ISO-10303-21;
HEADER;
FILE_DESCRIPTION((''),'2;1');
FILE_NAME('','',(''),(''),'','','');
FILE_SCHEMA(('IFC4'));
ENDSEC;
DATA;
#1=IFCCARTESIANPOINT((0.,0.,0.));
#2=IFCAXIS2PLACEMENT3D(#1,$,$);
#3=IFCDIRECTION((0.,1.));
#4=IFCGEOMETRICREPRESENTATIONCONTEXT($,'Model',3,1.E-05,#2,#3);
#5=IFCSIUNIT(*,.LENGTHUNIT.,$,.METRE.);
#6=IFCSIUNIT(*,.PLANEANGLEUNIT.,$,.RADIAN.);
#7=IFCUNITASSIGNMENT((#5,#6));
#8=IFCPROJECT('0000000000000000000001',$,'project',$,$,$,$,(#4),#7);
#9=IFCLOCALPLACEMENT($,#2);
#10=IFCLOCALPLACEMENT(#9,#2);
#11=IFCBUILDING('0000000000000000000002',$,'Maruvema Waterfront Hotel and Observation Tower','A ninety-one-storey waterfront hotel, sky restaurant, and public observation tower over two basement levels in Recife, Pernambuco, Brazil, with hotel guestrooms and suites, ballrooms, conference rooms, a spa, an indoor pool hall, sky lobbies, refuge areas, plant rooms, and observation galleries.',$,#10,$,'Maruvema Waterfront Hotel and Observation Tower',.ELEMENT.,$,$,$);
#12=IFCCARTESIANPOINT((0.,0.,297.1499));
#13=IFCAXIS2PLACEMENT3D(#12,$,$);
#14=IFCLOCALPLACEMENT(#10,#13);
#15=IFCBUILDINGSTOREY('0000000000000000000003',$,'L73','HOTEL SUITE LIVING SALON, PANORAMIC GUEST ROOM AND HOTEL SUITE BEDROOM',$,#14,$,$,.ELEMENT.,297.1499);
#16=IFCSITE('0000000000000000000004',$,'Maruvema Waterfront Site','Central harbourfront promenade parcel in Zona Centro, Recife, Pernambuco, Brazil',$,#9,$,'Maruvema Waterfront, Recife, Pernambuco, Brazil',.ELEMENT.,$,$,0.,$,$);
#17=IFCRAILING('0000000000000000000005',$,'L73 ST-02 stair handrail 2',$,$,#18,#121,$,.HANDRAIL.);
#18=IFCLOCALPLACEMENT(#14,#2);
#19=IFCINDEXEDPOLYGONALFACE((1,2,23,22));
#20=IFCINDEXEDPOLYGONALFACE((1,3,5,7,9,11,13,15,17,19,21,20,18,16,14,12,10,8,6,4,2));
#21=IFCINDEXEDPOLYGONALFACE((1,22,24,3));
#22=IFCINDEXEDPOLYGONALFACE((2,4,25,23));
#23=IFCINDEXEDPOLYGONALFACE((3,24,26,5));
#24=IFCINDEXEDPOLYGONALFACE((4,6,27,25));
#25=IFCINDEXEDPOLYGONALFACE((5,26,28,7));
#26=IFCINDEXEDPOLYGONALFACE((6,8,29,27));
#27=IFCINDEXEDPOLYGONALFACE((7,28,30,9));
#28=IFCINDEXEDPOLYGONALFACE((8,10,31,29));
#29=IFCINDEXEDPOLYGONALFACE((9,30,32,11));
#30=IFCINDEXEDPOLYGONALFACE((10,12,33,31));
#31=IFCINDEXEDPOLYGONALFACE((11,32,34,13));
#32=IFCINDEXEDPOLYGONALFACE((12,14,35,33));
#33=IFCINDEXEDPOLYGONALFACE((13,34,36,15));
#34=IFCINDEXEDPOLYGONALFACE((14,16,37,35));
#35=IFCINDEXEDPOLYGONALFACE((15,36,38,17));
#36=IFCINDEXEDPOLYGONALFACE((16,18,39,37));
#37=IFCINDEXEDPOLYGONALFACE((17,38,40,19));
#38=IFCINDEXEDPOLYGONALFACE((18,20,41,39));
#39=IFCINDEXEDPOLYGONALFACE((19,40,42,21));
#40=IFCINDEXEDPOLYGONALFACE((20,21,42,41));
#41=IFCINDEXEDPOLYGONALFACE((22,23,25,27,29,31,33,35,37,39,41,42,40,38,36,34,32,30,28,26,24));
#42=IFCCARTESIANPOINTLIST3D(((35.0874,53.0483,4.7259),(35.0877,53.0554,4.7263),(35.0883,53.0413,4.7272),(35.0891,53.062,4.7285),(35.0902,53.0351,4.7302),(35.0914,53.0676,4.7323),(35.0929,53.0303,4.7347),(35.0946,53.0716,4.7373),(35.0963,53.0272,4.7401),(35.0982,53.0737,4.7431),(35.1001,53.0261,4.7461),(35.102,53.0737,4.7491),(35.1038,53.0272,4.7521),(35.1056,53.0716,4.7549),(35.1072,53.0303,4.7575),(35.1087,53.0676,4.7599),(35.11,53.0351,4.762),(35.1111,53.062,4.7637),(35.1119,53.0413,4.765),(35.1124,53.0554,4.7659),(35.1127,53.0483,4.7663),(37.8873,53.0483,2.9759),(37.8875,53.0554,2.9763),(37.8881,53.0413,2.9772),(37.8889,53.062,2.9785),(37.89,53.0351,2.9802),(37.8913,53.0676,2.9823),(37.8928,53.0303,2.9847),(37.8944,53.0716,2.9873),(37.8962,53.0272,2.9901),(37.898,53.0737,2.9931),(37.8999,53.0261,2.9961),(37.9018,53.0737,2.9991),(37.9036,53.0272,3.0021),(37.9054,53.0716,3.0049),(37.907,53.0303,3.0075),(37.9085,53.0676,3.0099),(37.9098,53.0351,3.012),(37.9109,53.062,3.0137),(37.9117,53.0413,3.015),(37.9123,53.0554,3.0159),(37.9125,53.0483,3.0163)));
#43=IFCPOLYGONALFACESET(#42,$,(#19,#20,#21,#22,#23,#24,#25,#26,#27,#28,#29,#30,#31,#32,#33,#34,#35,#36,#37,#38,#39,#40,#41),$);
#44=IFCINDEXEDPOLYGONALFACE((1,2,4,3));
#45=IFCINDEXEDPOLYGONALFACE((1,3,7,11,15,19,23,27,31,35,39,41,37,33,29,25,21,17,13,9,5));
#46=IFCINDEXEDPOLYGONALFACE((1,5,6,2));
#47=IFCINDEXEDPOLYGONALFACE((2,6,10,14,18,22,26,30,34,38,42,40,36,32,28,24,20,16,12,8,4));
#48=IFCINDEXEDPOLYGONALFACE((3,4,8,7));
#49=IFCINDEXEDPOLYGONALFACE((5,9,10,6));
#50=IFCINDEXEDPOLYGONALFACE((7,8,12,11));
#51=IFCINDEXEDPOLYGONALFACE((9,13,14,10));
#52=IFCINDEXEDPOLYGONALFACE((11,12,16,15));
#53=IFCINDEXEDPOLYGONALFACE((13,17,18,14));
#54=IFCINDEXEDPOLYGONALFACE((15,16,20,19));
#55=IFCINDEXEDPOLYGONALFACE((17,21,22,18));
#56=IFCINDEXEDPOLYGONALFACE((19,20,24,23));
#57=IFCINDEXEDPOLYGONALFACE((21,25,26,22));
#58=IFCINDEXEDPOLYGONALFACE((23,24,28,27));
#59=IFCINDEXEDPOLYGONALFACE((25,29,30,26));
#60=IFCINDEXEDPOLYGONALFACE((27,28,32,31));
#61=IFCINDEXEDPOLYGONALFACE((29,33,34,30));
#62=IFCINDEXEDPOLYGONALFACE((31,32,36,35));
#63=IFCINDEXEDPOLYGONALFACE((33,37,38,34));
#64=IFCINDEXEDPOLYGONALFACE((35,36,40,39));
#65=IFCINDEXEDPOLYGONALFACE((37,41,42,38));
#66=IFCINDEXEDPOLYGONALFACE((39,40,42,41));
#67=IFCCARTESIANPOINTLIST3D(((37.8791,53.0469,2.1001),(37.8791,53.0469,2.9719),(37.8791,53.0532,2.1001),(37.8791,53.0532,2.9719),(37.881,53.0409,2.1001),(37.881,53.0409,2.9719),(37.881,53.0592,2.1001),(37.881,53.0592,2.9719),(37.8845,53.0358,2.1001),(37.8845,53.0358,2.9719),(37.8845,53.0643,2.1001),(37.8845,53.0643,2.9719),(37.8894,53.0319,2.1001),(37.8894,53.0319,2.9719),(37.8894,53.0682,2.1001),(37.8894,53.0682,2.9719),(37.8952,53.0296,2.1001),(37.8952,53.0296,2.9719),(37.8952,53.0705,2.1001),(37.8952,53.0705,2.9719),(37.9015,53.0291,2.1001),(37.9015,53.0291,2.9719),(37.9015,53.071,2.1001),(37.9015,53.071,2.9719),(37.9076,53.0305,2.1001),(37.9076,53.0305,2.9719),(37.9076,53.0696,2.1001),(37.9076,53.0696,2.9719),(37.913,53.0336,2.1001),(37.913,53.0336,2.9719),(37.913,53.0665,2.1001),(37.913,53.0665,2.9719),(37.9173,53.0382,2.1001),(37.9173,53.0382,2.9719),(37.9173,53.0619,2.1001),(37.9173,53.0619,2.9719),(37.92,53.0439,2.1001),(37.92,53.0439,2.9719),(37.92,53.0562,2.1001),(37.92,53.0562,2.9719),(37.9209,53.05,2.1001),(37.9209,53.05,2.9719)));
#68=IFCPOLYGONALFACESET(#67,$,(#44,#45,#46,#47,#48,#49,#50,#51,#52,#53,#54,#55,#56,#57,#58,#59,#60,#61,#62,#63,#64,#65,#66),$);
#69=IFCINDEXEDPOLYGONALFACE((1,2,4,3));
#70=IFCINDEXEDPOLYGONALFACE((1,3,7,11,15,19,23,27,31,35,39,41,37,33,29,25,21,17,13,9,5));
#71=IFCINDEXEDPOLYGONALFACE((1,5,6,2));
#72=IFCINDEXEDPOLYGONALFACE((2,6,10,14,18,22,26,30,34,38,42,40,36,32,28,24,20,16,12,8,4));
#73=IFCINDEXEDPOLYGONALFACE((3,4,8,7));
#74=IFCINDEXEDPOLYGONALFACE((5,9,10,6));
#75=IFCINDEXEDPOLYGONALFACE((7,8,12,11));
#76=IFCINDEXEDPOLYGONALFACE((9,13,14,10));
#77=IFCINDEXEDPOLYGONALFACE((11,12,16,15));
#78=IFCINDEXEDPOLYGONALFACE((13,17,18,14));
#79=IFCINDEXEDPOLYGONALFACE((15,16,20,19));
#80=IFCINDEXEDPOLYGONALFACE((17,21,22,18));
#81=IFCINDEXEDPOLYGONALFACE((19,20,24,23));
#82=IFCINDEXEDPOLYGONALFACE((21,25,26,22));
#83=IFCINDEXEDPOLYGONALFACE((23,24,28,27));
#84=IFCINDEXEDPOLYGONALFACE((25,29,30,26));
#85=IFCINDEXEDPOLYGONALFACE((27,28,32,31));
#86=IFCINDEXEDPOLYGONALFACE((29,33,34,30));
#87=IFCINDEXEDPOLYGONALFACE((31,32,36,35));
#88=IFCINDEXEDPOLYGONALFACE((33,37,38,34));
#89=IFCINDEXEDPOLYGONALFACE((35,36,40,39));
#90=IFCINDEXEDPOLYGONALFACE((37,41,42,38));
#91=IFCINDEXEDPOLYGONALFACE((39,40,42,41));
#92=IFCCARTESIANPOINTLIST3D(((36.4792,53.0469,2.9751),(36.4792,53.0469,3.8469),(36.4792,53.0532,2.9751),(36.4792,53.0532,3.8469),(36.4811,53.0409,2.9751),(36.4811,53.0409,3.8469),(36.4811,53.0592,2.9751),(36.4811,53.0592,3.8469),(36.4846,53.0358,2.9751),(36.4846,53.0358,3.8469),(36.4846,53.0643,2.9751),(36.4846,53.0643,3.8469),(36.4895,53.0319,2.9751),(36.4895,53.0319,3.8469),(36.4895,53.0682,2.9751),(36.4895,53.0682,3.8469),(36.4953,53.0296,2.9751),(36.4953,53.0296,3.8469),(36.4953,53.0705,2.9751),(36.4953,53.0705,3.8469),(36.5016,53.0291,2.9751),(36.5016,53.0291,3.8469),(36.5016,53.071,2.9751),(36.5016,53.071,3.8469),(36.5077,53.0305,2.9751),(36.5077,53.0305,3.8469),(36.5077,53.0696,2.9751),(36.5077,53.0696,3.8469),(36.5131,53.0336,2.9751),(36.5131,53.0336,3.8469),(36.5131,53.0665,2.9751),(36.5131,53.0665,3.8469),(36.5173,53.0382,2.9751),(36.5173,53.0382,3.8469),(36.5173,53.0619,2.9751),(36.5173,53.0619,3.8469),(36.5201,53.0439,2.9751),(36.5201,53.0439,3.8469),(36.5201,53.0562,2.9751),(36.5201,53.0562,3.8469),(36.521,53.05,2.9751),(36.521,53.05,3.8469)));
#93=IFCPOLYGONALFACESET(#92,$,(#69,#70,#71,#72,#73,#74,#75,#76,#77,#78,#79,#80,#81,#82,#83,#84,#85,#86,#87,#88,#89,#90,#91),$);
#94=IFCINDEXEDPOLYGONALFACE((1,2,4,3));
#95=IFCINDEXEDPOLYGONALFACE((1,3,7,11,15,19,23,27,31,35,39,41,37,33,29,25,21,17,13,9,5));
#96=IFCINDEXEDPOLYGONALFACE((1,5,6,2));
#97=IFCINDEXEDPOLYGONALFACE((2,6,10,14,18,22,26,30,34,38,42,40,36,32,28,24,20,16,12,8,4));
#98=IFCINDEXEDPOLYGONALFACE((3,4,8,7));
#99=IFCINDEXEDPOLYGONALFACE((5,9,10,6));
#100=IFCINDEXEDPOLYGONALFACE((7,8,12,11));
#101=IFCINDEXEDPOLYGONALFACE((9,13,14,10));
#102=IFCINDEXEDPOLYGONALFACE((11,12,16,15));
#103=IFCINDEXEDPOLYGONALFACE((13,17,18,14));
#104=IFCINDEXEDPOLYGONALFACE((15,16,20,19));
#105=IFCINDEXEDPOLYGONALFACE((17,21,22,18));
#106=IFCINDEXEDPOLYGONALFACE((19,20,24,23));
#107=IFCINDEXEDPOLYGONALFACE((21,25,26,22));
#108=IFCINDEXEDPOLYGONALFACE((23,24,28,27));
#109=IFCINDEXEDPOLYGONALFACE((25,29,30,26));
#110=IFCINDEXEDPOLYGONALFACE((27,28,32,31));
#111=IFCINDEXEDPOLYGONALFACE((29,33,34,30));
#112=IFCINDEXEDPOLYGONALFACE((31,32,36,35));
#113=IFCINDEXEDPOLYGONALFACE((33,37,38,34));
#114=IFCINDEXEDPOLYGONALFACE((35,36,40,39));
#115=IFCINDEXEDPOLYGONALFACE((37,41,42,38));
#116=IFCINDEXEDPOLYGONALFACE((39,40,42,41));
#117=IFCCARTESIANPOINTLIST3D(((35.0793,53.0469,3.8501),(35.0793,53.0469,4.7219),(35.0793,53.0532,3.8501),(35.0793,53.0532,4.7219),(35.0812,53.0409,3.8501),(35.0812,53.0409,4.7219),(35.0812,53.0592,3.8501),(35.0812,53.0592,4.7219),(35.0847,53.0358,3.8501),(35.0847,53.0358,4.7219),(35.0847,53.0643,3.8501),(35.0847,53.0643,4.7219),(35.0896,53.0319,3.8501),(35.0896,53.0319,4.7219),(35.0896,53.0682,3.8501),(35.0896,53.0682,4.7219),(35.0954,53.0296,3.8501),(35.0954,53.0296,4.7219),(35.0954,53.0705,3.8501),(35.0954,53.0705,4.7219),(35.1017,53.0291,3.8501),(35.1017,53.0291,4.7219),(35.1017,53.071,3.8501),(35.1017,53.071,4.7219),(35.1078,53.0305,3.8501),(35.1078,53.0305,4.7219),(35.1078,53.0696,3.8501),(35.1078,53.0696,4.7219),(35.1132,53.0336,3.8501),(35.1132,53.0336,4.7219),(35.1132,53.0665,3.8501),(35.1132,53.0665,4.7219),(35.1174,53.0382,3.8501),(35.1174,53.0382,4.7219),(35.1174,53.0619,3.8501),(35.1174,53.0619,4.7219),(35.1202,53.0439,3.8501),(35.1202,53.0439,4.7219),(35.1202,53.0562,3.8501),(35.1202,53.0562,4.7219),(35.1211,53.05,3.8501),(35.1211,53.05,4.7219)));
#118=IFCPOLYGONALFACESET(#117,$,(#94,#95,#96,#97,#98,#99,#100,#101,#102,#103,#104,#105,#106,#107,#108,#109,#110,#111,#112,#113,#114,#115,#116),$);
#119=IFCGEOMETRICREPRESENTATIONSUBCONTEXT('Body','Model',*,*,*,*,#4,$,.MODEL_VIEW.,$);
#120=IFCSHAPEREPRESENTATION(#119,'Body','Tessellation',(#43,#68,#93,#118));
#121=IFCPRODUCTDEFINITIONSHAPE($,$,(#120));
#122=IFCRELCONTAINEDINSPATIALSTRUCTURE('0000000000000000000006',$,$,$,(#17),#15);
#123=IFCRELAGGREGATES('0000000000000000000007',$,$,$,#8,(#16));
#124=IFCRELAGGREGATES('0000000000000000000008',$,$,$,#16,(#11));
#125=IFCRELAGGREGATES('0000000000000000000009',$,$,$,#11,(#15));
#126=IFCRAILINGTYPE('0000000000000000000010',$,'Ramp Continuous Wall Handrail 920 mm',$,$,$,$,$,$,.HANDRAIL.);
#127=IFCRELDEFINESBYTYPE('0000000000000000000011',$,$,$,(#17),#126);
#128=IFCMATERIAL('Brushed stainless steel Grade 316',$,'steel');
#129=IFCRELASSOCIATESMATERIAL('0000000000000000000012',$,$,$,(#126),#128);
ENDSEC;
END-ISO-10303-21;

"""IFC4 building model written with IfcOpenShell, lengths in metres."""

from ifc_helpers import new_model, si_unit, direction, frame, origin, origin_2d, place, context, subcontext, project, spatial, circle, extrude, material, type_object, element, save


model = new_model("IFC4")

# Units and contexts
model_context = context("Model", 3, precision=1e-05, world=origin(), true_north=direction((0.0, 1.0)))
body_context = subcontext(model_context, "Body", "Model", "MODEL_VIEW")
ifc_project = project(units=[si_unit("LENGTHUNIT", "METRE"), si_unit("PLANEANGLEUNIT", "RADIAN")], contexts=[model_context])

# Site, building, storey
site_placement = place(None, origin())
site = spatial("IfcSite", under=ifc_project, at=site_placement, Name="Maruvema Waterfront Site", Description="Central harbourfront promenade parcel in Zona Centro, Recife, Pernambuco, Brazil", LongName="Maruvema Waterfront, Recife, Pernambuco, Brazil", CompositionType="ELEMENT", RefElevation=0.0)
building_placement = place(site_placement, origin())
building = spatial("IfcBuilding", under=site, at=building_placement, Name="Maruvema Waterfront Hotel and Observation Tower", Description="A ninety-one-storey waterfront hotel, sky restaurant, and public observation tower over two basement levels in Recife, Pernambuco, Brazil, with hotel guestrooms and suites, ballrooms, conference rooms, a spa, an indoor pool hall, sky lobbies, refuge areas, plant rooms, and observation galleries.", LongName="Maruvema Waterfront Hotel and Observation Tower", CompositionType="ELEMENT")
storey_placement = place(building_placement, frame((0.0, 0.0, 297.1499)))
storey = spatial("IfcBuildingStorey", under=building, at=storey_placement, Name="L73", Description="HOTEL SUITE LIVING SALON, PANORAMIC GUEST ROOM AND HOTEL SUITE BEDROOM", CompositionType="ELEMENT", Elevation=297.1499)

# Railing
ifc_material_1 = material(Name="Brushed stainless steel Grade 316", Category="steel")
railing_type_1 = type_object("IfcRailingType", Name="Ramp Continuous Wall Handrail 920 mm", PredefinedType="HANDRAIL", material=ifc_material_1)
railing_1_placement = place(storey_placement, frame((37.8999, 53.05, 2.1001)))
element("IfcRailing", 1, at=railing_1_placement, inside=storey, type_object=railing_type_1, Name="L73 ST-02 stair handrail 2", PredefinedType="HANDRAIL", context=body_context, shape_type="SweptSolid", body=[
    extrude(circle(Radius=0.0239, at=origin_2d()), frame((0.0, 0.0, 0.896), z_axis=(-0.847982, 0.0, 0.530026), x_axis=(0.0, -1.0, 0.0)), (0.0, 0.0, 1.0), 3.3018),
    extrude(circle(Radius=0.021, at=origin_2d()), origin(), (0.0, 0.0, 1.0), 0.8718),
    extrude(circle(Radius=0.021, at=origin_2d()), frame((-1.3999, 0.0, 0.875)), (0.0, 0.0, 1.0), 0.8718),
    extrude(circle(Radius=0.021, at=origin_2d()), frame((-2.7998, 0.0, 1.75)), (0.0, 0.0, 1.0), 0.8718),
])

save(model, "model.ifc")
